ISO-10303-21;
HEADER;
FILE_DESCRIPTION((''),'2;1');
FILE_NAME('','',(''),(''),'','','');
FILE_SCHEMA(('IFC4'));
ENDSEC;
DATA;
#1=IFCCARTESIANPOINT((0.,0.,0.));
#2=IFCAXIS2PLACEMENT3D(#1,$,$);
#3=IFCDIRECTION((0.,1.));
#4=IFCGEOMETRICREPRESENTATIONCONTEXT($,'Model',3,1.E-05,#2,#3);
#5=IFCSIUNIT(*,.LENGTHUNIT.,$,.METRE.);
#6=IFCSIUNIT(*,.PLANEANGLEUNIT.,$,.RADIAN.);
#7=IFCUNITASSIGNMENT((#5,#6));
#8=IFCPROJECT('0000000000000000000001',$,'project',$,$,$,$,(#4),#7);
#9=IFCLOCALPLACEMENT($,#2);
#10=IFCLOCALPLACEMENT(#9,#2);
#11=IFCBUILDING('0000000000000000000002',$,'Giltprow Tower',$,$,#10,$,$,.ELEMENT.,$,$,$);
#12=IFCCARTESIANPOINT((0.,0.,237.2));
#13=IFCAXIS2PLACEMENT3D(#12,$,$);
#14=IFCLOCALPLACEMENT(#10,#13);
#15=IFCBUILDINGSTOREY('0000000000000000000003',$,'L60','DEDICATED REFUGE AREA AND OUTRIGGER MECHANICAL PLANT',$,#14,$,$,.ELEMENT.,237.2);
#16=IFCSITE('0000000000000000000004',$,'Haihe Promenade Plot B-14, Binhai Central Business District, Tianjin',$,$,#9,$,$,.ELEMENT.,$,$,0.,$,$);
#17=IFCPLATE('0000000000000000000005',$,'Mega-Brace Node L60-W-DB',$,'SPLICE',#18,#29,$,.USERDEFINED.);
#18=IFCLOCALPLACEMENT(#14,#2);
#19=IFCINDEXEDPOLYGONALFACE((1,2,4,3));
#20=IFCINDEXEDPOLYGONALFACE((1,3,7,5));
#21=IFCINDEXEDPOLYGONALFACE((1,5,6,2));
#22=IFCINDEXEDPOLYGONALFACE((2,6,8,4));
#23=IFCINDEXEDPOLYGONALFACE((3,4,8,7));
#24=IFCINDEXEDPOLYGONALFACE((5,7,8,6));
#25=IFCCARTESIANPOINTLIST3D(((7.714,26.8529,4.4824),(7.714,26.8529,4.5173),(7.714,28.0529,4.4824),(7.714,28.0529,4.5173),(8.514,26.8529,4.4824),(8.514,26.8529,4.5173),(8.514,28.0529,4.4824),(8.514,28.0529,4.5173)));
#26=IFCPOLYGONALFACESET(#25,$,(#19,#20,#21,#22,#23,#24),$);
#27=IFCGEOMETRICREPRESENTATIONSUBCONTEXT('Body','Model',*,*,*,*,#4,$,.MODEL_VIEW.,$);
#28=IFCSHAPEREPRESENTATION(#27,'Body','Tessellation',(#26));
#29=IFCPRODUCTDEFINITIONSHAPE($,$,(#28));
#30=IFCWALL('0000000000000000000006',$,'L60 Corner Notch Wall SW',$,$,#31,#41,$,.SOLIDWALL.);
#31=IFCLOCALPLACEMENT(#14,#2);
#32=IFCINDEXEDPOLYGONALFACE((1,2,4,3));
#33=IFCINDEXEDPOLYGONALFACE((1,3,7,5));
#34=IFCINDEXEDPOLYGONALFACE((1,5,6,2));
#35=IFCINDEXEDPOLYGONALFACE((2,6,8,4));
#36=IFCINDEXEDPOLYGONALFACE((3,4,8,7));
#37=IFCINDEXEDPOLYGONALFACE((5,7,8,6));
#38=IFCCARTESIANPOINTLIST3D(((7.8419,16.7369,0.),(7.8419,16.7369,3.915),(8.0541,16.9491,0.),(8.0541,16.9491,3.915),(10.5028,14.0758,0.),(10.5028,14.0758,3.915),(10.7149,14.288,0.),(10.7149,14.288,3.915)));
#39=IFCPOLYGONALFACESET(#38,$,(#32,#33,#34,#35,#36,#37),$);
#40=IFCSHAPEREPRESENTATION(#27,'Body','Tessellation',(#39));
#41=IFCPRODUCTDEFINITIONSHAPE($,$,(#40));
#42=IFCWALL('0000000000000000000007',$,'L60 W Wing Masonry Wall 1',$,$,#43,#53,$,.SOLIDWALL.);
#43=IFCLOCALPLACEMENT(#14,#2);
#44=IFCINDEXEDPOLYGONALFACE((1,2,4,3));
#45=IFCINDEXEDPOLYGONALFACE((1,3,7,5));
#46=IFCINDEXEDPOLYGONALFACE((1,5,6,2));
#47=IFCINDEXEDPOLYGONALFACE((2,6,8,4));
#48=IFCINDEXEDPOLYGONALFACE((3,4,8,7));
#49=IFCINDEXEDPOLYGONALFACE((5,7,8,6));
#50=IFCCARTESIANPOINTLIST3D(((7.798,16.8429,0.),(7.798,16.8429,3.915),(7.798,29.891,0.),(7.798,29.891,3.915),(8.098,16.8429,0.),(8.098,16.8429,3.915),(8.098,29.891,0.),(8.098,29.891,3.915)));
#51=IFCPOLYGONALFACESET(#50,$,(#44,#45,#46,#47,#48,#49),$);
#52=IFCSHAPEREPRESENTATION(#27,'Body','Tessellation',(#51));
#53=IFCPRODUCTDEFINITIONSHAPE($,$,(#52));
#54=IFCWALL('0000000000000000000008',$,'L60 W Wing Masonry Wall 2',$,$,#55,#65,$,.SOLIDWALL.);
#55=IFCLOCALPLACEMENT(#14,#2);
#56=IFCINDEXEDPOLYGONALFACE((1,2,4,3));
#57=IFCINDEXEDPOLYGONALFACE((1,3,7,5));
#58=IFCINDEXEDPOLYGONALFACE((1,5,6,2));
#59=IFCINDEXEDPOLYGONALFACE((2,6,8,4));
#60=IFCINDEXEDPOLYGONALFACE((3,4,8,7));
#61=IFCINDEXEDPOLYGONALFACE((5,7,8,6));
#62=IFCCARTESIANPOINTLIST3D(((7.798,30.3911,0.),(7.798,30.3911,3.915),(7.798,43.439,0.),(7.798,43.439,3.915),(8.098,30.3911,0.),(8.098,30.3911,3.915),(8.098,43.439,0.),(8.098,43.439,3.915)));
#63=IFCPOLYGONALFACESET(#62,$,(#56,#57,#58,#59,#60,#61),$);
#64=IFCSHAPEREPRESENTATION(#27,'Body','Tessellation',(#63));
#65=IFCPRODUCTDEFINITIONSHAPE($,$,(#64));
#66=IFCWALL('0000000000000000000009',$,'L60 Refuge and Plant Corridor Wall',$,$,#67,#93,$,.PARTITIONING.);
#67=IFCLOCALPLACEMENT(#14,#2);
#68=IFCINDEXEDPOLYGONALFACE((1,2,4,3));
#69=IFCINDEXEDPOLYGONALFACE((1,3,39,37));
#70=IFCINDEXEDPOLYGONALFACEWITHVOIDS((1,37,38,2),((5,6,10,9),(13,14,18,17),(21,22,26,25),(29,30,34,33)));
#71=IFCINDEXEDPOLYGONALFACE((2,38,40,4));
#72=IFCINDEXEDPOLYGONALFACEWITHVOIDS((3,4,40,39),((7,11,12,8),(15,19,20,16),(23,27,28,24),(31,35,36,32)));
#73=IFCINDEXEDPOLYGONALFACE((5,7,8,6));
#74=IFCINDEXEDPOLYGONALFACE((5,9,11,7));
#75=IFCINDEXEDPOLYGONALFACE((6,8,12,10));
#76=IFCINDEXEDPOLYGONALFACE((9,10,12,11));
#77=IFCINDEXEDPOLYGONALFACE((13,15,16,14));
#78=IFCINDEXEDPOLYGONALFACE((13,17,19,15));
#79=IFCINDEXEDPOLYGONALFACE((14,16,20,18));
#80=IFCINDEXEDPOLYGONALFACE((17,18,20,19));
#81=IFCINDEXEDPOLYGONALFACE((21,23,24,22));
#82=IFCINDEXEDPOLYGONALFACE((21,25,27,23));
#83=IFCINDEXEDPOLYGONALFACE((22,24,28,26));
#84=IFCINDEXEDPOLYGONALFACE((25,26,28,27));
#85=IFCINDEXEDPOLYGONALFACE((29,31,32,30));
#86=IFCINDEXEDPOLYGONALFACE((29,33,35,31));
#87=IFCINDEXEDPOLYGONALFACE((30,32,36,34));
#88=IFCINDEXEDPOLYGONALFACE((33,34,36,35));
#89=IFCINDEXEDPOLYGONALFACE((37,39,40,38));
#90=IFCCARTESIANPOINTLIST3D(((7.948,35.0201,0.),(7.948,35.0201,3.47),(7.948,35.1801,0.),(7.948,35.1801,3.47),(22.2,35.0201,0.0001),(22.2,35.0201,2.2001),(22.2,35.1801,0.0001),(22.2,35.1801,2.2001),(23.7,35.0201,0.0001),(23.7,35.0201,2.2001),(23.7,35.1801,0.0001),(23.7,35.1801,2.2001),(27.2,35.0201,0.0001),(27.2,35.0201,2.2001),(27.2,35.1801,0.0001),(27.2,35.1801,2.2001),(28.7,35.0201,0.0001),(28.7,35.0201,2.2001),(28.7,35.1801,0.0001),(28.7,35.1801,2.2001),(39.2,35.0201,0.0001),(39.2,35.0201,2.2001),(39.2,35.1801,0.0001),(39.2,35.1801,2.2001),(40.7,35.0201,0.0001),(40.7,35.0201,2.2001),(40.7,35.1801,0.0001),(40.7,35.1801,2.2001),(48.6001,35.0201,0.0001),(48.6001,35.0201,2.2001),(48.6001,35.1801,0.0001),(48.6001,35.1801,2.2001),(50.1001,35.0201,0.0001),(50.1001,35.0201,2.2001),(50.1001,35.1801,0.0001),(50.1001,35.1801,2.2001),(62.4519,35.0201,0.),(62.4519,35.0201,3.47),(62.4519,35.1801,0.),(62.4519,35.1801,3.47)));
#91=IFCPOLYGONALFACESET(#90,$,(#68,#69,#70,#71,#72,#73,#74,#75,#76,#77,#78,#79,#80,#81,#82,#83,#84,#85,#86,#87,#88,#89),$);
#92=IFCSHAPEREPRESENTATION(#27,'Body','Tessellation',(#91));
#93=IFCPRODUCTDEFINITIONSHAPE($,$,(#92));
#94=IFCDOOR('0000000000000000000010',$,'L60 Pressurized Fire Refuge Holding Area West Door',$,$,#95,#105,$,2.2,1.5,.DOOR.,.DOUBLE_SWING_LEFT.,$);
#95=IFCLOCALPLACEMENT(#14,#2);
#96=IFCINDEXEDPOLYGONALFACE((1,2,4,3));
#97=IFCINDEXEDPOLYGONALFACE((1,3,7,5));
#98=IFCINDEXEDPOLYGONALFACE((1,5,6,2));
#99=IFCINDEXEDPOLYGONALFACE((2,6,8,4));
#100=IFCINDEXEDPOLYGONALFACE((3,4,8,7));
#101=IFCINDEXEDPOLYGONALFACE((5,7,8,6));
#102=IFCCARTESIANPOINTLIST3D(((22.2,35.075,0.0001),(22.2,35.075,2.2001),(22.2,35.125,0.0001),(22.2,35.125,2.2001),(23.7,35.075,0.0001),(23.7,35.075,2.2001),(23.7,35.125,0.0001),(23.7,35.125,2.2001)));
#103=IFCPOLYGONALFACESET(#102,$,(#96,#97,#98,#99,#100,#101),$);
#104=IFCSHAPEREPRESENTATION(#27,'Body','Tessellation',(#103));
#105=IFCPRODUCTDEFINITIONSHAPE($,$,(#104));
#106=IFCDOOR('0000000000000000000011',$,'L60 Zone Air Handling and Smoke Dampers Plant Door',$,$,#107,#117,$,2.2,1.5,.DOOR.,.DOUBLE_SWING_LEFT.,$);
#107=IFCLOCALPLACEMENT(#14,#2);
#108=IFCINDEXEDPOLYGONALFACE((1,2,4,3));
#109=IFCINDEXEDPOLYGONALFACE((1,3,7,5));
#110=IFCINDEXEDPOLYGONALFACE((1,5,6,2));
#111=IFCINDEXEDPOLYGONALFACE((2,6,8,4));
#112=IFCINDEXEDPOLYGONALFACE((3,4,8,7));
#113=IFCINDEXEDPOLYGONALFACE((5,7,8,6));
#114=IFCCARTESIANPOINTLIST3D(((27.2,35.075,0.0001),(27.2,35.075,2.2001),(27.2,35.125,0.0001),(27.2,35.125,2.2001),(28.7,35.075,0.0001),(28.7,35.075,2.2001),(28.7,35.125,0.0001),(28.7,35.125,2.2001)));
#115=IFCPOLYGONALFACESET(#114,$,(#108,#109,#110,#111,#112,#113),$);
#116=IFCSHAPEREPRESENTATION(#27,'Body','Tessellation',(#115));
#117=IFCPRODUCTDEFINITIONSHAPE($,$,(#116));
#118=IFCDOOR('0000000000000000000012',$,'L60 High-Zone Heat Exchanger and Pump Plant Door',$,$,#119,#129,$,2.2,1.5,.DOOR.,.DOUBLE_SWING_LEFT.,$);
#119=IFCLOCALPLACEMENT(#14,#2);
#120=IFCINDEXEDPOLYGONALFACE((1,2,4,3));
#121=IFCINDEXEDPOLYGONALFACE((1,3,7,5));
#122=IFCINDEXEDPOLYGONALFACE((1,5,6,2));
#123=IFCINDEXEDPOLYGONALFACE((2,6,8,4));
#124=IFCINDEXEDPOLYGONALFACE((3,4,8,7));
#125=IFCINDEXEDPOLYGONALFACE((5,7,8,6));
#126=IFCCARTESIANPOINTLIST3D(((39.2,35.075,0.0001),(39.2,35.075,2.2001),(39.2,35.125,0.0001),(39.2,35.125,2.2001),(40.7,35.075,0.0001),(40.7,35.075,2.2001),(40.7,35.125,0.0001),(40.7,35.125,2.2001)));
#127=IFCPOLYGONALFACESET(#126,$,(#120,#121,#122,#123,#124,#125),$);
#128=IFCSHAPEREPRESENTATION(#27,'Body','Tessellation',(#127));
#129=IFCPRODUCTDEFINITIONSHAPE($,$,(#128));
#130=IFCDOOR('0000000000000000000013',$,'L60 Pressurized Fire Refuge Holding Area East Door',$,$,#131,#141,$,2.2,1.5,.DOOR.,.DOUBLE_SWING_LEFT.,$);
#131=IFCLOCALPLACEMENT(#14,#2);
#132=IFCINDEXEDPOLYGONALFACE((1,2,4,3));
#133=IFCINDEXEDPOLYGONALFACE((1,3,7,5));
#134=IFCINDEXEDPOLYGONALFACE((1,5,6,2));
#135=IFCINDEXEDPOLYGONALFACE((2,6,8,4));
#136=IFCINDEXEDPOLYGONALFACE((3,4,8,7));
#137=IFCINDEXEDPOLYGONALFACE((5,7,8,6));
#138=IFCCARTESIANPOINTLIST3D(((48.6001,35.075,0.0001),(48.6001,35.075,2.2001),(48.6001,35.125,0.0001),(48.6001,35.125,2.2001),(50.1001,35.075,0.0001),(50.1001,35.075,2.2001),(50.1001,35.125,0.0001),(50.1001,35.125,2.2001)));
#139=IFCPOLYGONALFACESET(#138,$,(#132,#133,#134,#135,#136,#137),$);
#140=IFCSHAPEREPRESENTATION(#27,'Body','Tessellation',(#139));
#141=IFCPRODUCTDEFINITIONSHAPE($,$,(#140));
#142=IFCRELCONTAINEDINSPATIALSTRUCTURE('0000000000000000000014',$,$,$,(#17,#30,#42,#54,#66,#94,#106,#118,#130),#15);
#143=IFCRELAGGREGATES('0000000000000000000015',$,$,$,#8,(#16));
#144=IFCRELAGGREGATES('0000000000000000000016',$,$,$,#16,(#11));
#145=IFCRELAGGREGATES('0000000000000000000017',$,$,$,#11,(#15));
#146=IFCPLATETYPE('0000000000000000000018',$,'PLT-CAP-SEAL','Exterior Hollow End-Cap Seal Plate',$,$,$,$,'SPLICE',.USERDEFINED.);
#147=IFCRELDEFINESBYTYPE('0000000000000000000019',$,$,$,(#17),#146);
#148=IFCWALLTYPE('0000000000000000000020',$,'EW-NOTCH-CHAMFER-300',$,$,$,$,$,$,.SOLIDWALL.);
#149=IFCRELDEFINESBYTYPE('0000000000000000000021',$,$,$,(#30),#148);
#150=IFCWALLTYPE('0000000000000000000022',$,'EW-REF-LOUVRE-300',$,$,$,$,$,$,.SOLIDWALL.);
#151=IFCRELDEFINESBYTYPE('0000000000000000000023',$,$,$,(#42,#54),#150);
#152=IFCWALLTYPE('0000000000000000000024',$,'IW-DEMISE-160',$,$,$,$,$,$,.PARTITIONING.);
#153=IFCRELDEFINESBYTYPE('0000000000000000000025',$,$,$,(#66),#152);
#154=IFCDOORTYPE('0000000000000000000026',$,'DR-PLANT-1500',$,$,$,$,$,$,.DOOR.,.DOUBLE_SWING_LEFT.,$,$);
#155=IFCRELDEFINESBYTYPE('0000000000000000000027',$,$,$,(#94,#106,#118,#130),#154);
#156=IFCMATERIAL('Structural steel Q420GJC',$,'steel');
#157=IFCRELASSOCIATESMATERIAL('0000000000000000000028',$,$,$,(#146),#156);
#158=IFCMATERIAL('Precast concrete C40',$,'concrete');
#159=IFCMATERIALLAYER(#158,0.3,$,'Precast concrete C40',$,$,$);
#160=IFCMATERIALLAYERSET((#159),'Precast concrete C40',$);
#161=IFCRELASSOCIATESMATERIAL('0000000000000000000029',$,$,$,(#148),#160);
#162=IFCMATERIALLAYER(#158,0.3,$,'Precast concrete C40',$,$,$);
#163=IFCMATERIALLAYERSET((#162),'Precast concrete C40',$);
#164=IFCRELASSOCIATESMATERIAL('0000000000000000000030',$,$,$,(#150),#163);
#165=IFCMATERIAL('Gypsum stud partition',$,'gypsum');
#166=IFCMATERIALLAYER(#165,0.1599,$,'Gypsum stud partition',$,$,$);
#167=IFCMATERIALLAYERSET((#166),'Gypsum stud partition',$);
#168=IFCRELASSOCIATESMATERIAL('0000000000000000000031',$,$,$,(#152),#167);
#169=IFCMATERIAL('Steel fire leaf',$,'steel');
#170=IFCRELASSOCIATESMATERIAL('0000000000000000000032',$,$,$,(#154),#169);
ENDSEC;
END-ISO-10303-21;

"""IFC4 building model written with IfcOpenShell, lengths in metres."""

from ifc_helpers import new_model, si_unit, direction, frame, frame_2d, origin, origin_2d, place, context, subcontext, project, spatial, rectangle, extrude, source, transform, mapped, material, layer, layer_set, type_object, element, fill, save


model = new_model("IFC4")

# Units and contexts
model_context = context("Model", 3, precision=1e-05, world=origin(), true_north=direction((0.0, 1.0)))
body_context = subcontext(model_context, "Body", "Model", "MODEL_VIEW")
ifc_project = project(units=[si_unit("LENGTHUNIT", "METRE"), si_unit("PLANEANGLEUNIT", "RADIAN")], contexts=[model_context])

# Site, building, storey
site_placement = place(None, origin())
site = spatial("IfcSite", under=ifc_project, at=site_placement, Name="Haihe Promenade Plot B-14, Binhai Central Business District, Tianjin", CompositionType="ELEMENT", RefElevation=0.0)
building_placement = place(site_placement, origin())
building = spatial("IfcBuilding", under=site, at=building_placement, Name="Giltprow Tower", CompositionType="ELEMENT")
storey_placement = place(building_placement, frame((0.0, 0.0, 237.2)))
storey = spatial("IfcBuildingStorey", under=building, at=storey_placement, Name="L60", Description="DEDICATED REFUGE AREA AND OUTRIGGER MECHANICAL PLANT", CompositionType="ELEMENT", Elevation=237.2)

# Shared definitions
ifc_material_1 = material(Name="Structural steel Q420GJC", Category="steel")

# Plate
plate_type = type_object("IfcPlateType", Name="PLT-CAP-SEAL", Description="Exterior Hollow End-Cap Seal Plate", ElementType="SPLICE", PredefinedType="USERDEFINED", material=ifc_material_1)
shared_shape_1 = source(origin(), body_context, "Body", "SweptSolid", [
    extrude(rectangle(XDim=1.2, YDim=0.8, at=origin_2d()), origin(), (0.0, 0.0, 1.0), 0.0349),
])
plate_placement = place(storey_placement, frame((8.114, 27.4529, 4.4824), z_axis=(0.0, 0.0, 1.0), x_axis=(0.0, 1.0, 0.0)))
element("IfcPlate", 1, at=plate_placement, inside=storey, type_object=plate_type, Name="Mega-Brace Node L60-W-DB", ObjectType="SPLICE", PredefinedType="USERDEFINED", context=body_context, shape_type="MappedRepresentation", body=[
    mapped(shared_shape_1, transform((0.0, 0.0, 0.0), x_axis=(1.0, 0.0, 0.0), y_axis=(0.0, 1.0, 0.0), z_axis=(0.0, 0.0, 1.0), scale=1.0)),
])

# Walls
ifc_material_2 = material(Name="Precast concrete C40", Category="concrete")
ifc_layer_1 = layer(ifc_material_2, 0.3, Name="Precast concrete C40")
ifc_layer_set_1 = layer_set([ifc_layer_1], Name="Precast concrete C40")
wall_type_1 = type_object("IfcWallType", Name="EW-NOTCH-CHAMFER-300", PredefinedType="SOLIDWALL", material=ifc_layer_set_1)
wall_1_placement = place(storey_placement, frame((7.948, 16.843, 0.0), z_axis=(0.0, 0.0, 1.0), x_axis=(0.707074, -0.707139, 0.0)))
element("IfcWall", 2, at=wall_1_placement, inside=storey, type_object=wall_type_1, Name="L60 Corner Notch Wall SW", PredefinedType="SOLIDWALL", context=body_context, shape_type="SweptSolid", body=[
    extrude(rectangle(XDim=3.7632, YDim=0.3, at=frame_2d((1.8816, 0.0))), origin(), (0.0, 0.0, 1.0), 3.915),
])
ifc_layer_2 = layer(ifc_material_2, 0.3, Name="Precast concrete C40")
ifc_layer_set_2 = layer_set([ifc_layer_2], Name="Precast concrete C40")
wall_type_2 = type_object("IfcWallType", Name="EW-REF-LOUVRE-300", PredefinedType="SOLIDWALL", material=ifc_layer_set_2)
wall_2_placement = place(storey_placement, frame((7.948, 16.843, 0.0), z_axis=(0.0, 0.0, 1.0), x_axis=(0.0, 1.0, 0.0)))
element("IfcWall", 3, at=wall_2_placement, inside=storey, type_object=wall_type_2, Name="L60 W Wing Masonry Wall 1", PredefinedType="SOLIDWALL", context=body_context, shape_type="SweptSolid", body=[
    extrude(rectangle(XDim=13.0481, YDim=0.3, at=frame_2d((6.5239, 0.0))), origin(), (0.0, 0.0, 1.0), 3.915),
])
wall_3_placement = place(storey_placement, frame((7.948, 30.3911, 0.0), z_axis=(0.0, 0.0, 1.0), x_axis=(0.0, 1.0, 0.0)))
element("IfcWall", 4, at=wall_3_placement, inside=storey, type_object=wall_type_2, Name="L60 W Wing Masonry Wall 2", PredefinedType="SOLIDWALL", context=body_context, shape_type="SweptSolid", body=[
    extrude(rectangle(XDim=13.0479, YDim=0.3, at=frame_2d((6.5239, 0.0))), origin(), (0.0, 0.0, 1.0), 3.915),
])

# Wall, openings, doors
ifc_material_3 = material(Name="Gypsum stud partition", Category="gypsum")
ifc_layer_3 = layer(ifc_material_3, 0.1599, Name="Gypsum stud partition")
ifc_layer_set_3 = layer_set([ifc_layer_3], Name="Gypsum stud partition")
wall_type_3 = type_object("IfcWallType", Name="IW-DEMISE-160", PredefinedType="PARTITIONING", material=ifc_layer_set_3)
wall_4_placement = place(storey_placement, frame((7.948, 35.1001, 0.0), z_axis=(0.0, 0.0, 1.0), x_axis=(1.0, 0.0, 0.0)))
wall_4 = element("IfcWall", 5, at=wall_4_placement, inside=storey, type_object=wall_type_3, Name="L60 Refuge and Plant Corridor Wall", PredefinedType="PARTITIONING", context=body_context, shape_type="SweptSolid", body=[
    extrude(rectangle(XDim=54.5039, YDim=0.1599, at=frame_2d((27.252, 0.0))), origin(), (0.0, 0.0, 1.0), 3.47),
])
opening_1_placement = place(wall_4_placement, frame((14.252, 0.0, 0.0)))
opening_1 = element("IfcOpeningElement", 6, at=opening_1_placement, cuts=wall_4, PredefinedType="OPENING", context=body_context, shape_type="SweptSolid", body=[
    extrude(rectangle(XDim=1.5, YDim=2.2, at=frame_2d((0.75, 1.1001))), frame((0.0, 0.0898, 0.0), z_axis=(0.0, -1.0, 0.0), x_axis=(1.0, 0.0, 0.0)), (0.0, 0.0, 1.0), 0.1799),
])
opening_2_placement = place(wall_4_placement, frame((19.252, 0.0, 0.0)))
opening_2 = element("IfcOpeningElement", 7, at=opening_2_placement, cuts=wall_4, PredefinedType="OPENING", context=body_context, shape_type="SweptSolid", body=[
    extrude(rectangle(XDim=1.5, YDim=2.2, at=frame_2d((0.75, 1.1001))), frame((0.0, 0.0898, 0.0), z_axis=(0.0, -1.0, 0.0), x_axis=(1.0, 0.0, 0.0)), (0.0, 0.0, 1.0), 0.1799),
])
opening_3_placement = place(wall_4_placement, frame((31.252, 0.0, 0.0)))
opening_3 = element("IfcOpeningElement", 8, at=opening_3_placement, cuts=wall_4, PredefinedType="OPENING", context=body_context, shape_type="SweptSolid", body=[
    extrude(rectangle(XDim=1.5, YDim=2.2, at=frame_2d((0.75, 1.1001))), frame((0.0, 0.0898, 0.0), z_axis=(0.0, -1.0, 0.0), x_axis=(1.0, 0.0, 0.0)), (0.0, 0.0, 1.0), 0.1799),
])
opening_4_placement = place(wall_4_placement, frame((40.6521, 0.0, 0.0)))
opening_4 = element("IfcOpeningElement", 9, at=opening_4_placement, cuts=wall_4, PredefinedType="OPENING", context=body_context, shape_type="SweptSolid", body=[
    extrude(rectangle(XDim=1.5, YDim=2.2, at=frame_2d((0.75, 1.1001))), frame((0.0, 0.0898, 0.0), z_axis=(0.0, -1.0, 0.0), x_axis=(1.0, 0.0, 0.0)), (0.0, 0.0, 1.0), 0.1799),
])
ifc_material_4 = material(Name="Steel fire leaf", Category="steel")
door_type_1 = type_object("IfcDoorType", Name="DR-PLANT-1500", OperationType="DOUBLE_SWING_LEFT", PredefinedType="DOOR", material=ifc_material_4)
shared_shape_2 = source(origin(), body_context, "Body", "SweptSolid", [
    extrude(rectangle(XDim=1.5, YDim=2.2, at=frame_2d((0.75, 1.1001))), frame((0.0, 0.0249, 0.0), z_axis=(0.0, -1.0, 0.0), x_axis=(1.0, 0.0, 0.0)), (0.0, 0.0, 1.0), 0.05),
])
door_1_placement = place(opening_1_placement, origin())
door_1 = element("IfcDoor", 10, at=door_1_placement, inside=storey, type_object=door_type_1, Name="L60 Pressurized Fire Refuge Holding Area West Door", OperationType="DOUBLE_SWING_LEFT", OverallHeight=2.2, OverallWidth=1.5, PredefinedType="DOOR", context=body_context, shape_type="MappedRepresentation", body=[
    mapped(shared_shape_2, transform((0.0, 0.0, 0.0), x_axis=(1.0, 0.0, 0.0), y_axis=(0.0, 1.0, 0.0), z_axis=(0.0, 0.0, 1.0), scale=1.0)),
])
fill(opening_1, door_1)
door_2_placement = place(opening_2_placement, origin())
door_2 = element("IfcDoor", 11, at=door_2_placement, inside=storey, type_object=door_type_1, Name="L60 Zone Air Handling and Smoke Dampers Plant Door", OperationType="DOUBLE_SWING_LEFT", OverallHeight=2.2, OverallWidth=1.5, PredefinedType="DOOR", context=body_context, shape_type="MappedRepresentation", body=[
    mapped(shared_shape_2, transform((0.0, 0.0, 0.0), x_axis=(1.0, 0.0, 0.0), y_axis=(0.0, 1.0, 0.0), z_axis=(0.0, 0.0, 1.0), scale=1.0)),
])
fill(opening_2, door_2)
door_3_placement = place(opening_3_placement, origin())
door_3 = element("IfcDoor", 12, at=door_3_placement, inside=storey, type_object=door_type_1, Name="L60 High-Zone Heat Exchanger and Pump Plant Door", OperationType="DOUBLE_SWING_LEFT", OverallHeight=2.2, OverallWidth=1.5, PredefinedType="DOOR", context=body_context, shape_type="MappedRepresentation", body=[
    mapped(shared_shape_2, transform((0.0, 0.0, 0.0), x_axis=(1.0, 0.0, 0.0), y_axis=(0.0, 1.0, 0.0), z_axis=(0.0, 0.0, 1.0), scale=1.0)),
])
fill(opening_3, door_3)
door_4_placement = place(opening_4_placement, origin())
door_4 = element("IfcDoor", 13, at=door_4_placement, inside=storey, type_object=door_type_1, Name="L60 Pressurized Fire Refuge Holding Area East Door", OperationType="DOUBLE_SWING_LEFT", OverallHeight=2.2, OverallWidth=1.5, PredefinedType="DOOR", context=body_context, shape_type="MappedRepresentation", body=[
    mapped(shared_shape_2, transform((0.0, 0.0, 0.0), x_axis=(1.0, 0.0, 0.0), y_axis=(0.0, 1.0, 0.0), z_axis=(0.0, 0.0, 1.0), scale=1.0)),
])
fill(opening_4, door_4)

save(model, "model.ifc")
